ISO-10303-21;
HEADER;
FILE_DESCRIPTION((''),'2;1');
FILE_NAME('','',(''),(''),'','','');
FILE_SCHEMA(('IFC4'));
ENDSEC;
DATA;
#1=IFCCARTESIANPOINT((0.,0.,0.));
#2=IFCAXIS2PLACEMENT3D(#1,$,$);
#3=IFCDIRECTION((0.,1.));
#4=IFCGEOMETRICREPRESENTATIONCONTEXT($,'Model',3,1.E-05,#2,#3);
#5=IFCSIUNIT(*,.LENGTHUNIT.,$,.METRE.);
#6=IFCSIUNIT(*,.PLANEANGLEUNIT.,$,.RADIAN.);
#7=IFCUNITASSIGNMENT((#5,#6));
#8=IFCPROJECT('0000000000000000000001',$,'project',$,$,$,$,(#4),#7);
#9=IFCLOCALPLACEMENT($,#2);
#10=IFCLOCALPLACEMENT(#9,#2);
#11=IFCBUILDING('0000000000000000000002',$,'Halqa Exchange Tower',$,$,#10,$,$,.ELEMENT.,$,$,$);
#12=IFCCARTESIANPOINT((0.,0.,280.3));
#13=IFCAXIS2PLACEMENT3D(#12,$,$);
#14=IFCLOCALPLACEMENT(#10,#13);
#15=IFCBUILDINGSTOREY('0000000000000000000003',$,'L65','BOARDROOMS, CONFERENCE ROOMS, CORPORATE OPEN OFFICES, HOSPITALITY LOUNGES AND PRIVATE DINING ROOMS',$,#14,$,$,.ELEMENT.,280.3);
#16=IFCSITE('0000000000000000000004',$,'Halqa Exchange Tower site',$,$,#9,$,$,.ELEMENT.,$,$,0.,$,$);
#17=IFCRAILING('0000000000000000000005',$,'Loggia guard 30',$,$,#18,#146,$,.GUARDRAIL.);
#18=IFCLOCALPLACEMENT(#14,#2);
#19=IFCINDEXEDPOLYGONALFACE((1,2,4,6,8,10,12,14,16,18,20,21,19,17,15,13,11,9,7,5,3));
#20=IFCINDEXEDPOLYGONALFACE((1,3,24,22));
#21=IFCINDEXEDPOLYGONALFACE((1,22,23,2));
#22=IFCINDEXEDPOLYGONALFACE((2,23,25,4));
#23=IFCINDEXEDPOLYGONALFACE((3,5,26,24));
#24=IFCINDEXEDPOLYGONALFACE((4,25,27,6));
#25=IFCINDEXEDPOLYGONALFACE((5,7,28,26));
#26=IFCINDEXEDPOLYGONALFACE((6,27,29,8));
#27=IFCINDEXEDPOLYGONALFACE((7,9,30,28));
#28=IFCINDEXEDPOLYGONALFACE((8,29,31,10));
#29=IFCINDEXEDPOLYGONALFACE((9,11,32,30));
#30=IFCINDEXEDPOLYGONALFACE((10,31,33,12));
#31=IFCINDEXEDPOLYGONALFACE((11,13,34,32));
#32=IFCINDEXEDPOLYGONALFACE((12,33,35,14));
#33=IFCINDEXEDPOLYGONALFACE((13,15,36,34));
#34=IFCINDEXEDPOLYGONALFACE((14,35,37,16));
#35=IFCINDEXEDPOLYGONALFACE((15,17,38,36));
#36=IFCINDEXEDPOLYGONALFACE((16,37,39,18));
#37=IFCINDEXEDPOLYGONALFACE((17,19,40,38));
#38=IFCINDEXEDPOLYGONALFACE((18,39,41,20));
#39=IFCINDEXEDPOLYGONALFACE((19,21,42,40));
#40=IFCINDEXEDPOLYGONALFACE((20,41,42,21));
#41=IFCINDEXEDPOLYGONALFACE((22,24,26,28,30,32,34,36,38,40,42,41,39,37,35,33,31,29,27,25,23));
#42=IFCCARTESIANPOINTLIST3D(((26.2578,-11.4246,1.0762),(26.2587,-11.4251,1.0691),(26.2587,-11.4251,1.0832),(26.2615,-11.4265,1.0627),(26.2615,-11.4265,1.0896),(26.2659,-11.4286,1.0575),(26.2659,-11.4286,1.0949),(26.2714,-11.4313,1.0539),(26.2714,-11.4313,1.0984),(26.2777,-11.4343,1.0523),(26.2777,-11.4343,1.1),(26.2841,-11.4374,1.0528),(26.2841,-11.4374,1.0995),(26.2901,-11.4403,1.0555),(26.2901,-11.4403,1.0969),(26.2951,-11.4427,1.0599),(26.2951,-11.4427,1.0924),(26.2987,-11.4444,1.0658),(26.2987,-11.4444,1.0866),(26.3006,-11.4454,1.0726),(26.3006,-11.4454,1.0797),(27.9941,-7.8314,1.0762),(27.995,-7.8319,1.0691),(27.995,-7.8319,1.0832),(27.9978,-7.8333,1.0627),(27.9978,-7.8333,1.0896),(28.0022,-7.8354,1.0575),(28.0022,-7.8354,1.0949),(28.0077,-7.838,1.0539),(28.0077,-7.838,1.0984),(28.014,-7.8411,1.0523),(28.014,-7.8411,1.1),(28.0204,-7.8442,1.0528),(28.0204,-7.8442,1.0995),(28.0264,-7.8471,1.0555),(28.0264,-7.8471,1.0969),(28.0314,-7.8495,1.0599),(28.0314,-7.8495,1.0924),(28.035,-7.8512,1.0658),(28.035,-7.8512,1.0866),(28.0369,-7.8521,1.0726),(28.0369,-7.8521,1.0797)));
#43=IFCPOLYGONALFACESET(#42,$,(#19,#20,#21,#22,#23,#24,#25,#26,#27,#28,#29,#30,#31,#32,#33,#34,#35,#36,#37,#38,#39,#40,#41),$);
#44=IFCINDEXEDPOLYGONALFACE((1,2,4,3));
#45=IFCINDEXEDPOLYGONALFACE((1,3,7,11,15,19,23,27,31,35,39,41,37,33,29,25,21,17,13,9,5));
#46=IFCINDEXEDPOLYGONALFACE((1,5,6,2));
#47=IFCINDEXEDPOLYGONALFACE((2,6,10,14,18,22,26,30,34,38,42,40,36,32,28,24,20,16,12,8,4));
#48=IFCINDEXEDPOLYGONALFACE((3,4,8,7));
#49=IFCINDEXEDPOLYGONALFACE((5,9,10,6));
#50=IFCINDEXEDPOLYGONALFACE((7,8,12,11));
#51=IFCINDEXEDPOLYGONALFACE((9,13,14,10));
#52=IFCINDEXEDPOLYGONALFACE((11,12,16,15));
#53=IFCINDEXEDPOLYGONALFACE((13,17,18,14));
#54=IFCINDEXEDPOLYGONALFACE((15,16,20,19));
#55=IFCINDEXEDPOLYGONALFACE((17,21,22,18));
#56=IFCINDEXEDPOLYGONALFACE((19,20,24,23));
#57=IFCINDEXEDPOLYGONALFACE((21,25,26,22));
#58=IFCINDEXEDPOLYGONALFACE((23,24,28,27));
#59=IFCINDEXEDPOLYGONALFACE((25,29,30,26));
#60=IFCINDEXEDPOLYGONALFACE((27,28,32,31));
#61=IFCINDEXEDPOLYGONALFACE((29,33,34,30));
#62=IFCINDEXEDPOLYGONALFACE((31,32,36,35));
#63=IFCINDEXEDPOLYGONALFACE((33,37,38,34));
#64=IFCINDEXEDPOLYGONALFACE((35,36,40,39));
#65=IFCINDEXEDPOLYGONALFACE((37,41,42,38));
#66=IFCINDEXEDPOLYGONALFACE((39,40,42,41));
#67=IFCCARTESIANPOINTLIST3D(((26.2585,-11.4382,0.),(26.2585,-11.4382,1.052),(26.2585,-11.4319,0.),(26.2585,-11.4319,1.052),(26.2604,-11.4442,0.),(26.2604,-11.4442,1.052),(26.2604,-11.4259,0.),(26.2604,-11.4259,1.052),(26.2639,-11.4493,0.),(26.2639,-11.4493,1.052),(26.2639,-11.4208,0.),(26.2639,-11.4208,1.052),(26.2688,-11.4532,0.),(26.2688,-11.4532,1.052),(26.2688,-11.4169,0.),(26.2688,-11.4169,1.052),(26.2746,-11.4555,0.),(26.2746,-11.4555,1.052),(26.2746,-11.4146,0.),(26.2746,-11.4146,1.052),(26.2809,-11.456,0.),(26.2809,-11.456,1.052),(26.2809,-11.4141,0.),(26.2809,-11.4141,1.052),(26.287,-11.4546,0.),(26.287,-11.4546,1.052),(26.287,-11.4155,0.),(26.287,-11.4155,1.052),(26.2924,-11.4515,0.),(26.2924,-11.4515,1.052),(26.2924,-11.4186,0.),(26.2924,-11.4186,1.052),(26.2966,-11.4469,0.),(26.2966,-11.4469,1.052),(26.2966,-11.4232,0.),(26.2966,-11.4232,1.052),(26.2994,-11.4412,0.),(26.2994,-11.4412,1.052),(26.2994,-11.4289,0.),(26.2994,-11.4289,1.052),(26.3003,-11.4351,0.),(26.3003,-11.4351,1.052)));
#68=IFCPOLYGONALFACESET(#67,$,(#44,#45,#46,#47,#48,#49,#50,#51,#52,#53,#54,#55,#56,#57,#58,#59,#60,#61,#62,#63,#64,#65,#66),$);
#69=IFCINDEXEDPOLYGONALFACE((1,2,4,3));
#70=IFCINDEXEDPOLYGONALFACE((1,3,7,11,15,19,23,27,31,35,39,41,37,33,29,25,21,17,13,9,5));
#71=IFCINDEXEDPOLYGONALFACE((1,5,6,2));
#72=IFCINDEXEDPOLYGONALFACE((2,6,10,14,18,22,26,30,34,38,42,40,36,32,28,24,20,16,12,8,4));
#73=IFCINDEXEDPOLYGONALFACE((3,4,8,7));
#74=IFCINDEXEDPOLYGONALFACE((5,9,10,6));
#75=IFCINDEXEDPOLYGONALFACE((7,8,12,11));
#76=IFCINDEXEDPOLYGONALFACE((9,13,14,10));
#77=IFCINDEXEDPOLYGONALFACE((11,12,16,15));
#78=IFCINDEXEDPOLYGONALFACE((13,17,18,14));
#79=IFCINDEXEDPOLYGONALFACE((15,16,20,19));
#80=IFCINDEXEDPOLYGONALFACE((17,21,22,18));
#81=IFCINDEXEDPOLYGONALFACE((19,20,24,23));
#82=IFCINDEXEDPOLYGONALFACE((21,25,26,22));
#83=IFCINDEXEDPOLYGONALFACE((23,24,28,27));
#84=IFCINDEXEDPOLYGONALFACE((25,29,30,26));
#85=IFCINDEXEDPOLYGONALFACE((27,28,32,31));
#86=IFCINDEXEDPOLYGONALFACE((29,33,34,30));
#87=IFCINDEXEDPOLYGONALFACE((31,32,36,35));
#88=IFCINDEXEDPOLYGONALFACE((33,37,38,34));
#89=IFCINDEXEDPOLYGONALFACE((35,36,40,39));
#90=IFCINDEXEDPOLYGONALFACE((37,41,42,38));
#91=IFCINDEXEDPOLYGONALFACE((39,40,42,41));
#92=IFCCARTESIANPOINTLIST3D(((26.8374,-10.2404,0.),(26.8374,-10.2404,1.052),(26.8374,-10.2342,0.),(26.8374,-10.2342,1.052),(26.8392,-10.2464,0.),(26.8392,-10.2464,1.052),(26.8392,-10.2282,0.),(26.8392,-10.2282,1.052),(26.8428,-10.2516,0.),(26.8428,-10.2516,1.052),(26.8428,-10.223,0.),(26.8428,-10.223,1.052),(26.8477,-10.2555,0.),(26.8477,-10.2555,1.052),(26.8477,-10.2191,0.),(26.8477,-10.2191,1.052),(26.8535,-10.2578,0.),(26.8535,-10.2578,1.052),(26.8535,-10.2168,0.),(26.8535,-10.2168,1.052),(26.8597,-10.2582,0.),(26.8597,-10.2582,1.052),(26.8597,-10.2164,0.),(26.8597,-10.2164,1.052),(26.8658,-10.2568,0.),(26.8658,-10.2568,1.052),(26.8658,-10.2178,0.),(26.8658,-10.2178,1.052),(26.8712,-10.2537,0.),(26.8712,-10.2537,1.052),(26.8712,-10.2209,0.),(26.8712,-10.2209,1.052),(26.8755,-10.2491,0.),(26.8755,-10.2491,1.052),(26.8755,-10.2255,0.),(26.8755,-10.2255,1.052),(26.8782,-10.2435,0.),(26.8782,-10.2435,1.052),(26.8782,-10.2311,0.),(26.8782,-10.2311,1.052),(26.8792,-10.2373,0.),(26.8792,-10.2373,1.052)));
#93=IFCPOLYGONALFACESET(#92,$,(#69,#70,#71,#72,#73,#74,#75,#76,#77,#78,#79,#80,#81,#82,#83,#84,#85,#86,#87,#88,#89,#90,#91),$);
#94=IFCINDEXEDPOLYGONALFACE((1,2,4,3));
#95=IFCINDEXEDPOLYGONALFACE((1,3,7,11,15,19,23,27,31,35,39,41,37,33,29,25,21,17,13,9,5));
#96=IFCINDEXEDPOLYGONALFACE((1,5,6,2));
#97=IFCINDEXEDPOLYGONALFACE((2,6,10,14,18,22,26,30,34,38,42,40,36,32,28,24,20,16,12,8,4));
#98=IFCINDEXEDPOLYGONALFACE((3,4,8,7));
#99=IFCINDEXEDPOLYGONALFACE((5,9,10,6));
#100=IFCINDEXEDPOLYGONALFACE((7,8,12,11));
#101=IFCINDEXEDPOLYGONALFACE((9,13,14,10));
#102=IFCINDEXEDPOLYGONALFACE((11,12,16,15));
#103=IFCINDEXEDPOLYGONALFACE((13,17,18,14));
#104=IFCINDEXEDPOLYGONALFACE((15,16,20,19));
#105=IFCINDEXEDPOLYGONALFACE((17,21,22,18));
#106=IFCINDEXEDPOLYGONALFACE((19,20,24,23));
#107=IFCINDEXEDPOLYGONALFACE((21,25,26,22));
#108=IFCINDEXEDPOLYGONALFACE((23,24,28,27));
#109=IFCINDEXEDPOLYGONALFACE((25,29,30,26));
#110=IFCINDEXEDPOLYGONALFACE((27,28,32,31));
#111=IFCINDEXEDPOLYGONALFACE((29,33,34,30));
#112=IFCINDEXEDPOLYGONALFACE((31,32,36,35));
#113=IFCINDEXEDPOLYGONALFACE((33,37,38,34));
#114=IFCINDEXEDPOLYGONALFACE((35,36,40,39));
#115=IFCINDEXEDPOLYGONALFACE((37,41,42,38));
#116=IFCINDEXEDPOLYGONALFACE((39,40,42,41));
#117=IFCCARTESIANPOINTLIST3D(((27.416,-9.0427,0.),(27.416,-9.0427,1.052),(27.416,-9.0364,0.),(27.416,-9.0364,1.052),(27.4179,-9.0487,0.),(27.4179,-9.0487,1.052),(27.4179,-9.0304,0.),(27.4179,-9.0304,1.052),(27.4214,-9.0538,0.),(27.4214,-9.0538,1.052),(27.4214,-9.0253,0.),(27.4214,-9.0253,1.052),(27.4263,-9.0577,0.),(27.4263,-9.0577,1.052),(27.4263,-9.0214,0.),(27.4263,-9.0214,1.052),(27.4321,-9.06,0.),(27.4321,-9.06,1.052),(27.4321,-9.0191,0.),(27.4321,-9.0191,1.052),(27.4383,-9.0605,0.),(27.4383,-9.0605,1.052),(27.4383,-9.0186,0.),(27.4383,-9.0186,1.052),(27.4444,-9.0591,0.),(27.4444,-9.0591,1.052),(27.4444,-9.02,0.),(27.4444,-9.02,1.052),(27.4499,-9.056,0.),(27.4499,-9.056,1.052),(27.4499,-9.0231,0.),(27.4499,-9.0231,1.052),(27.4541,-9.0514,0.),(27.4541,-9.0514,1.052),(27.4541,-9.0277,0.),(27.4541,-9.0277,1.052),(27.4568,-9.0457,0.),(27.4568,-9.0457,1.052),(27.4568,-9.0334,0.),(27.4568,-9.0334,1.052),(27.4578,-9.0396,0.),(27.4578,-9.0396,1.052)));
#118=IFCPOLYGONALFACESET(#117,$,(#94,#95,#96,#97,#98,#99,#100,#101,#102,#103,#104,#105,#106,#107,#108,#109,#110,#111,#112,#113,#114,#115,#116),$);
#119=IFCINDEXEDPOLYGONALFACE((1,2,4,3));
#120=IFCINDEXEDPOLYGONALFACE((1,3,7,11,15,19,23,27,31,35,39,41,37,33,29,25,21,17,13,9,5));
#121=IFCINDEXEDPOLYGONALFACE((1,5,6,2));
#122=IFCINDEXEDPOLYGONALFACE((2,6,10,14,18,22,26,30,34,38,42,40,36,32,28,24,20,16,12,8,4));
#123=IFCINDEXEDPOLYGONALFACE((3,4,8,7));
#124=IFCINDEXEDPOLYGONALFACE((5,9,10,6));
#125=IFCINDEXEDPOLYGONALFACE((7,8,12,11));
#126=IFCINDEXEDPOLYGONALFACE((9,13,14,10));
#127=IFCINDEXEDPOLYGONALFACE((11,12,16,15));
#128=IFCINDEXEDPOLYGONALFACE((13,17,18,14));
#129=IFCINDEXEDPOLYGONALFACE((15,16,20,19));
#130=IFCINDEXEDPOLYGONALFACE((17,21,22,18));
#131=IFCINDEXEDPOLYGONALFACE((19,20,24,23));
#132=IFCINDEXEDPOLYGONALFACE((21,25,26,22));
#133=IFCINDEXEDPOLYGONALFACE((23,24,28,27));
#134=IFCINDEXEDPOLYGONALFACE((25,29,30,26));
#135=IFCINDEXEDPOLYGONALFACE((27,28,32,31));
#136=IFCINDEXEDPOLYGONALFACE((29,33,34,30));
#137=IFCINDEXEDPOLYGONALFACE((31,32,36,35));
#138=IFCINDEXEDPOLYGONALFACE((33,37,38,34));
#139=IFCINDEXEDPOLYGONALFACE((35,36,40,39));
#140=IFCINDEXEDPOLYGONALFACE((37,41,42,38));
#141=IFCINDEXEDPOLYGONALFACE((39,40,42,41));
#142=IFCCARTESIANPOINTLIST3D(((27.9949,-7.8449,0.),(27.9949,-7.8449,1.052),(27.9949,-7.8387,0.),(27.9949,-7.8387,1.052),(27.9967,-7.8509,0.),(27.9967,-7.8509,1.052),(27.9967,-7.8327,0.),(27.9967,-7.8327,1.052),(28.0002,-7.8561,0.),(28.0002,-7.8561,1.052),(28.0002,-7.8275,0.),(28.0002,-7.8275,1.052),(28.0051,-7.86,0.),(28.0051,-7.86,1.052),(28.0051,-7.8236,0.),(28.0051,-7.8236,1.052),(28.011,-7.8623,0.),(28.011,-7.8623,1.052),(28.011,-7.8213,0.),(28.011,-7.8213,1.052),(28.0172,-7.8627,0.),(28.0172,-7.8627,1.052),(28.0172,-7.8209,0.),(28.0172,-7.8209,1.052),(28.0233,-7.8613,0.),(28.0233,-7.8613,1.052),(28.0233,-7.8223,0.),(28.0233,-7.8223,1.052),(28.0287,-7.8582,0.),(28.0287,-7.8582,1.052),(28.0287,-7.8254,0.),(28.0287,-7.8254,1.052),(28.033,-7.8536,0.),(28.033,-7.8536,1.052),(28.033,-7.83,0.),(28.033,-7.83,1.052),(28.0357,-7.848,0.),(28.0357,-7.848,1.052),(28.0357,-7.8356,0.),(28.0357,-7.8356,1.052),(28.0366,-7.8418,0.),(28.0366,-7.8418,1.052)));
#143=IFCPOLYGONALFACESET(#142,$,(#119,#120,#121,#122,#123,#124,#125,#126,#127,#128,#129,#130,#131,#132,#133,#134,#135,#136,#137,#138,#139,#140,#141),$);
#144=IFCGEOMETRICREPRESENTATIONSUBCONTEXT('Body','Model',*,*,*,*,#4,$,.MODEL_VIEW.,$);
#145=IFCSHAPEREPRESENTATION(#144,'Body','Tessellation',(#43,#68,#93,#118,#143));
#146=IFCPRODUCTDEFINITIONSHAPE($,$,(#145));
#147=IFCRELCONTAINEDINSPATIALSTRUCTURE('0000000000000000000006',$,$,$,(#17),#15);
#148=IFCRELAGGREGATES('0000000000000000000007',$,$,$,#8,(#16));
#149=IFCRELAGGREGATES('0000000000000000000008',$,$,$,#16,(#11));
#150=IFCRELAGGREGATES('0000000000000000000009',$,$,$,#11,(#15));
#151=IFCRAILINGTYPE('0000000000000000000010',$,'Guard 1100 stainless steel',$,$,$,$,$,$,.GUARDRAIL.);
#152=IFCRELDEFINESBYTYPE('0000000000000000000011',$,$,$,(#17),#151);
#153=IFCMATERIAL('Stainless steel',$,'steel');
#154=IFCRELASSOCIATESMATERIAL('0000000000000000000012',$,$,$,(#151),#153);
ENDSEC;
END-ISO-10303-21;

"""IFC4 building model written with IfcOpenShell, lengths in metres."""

from ifc_helpers import new_model, si_unit, direction, frame, origin, origin_2d, place, context, subcontext, project, spatial, circle, extrude, material, type_object, element, save


model = new_model("IFC4")

# Units and contexts
model_context = context("Model", 3, precision=1e-05, world=origin(), true_north=direction((0.0, 1.0)))
body_context = subcontext(model_context, "Body", "Model", "MODEL_VIEW")
ifc_project = project(units=[si_unit("LENGTHUNIT", "METRE"), si_unit("PLANEANGLEUNIT", "RADIAN")], contexts=[model_context])

# Site, building, storey
site_placement = place(None, origin())
site = spatial("IfcSite", under=ifc_project, at=site_placement, Name="Halqa Exchange Tower site", CompositionType="ELEMENT", RefElevation=0.0)
building_placement = place(site_placement, origin())
building = spatial("IfcBuilding", under=site, at=building_placement, Name="Halqa Exchange Tower", CompositionType="ELEMENT")
storey_placement = place(building_placement, frame((0.0, 0.0, 280.3)))
storey = spatial("IfcBuildingStorey", under=building, at=storey_placement, Name="L65", Description="BOARDROOMS, CONFERENCE ROOMS, CORPORATE OPEN OFFICES, HOSPITALITY LOUNGES AND PRIVATE DINING ROOMS", CompositionType="ELEMENT", Elevation=280.3)

# Railing
ifc_material_1 = material(Name="Stainless steel", Category="steel")
railing_type = type_object("IfcRailingType", Name="Guard 1100 stainless steel", PredefinedType="GUARDRAIL", material=ifc_material_1)
railing_1_placement = place(storey_placement, frame((26.2793, -11.4351, 0.0)))
element("IfcRailing", 1, at=railing_1_placement, inside=storey, type_object=railing_type, Name="Loggia guard 30", PredefinedType="GUARDRAIL", context=body_context, shape_type="SweptSolid", body=[
    extrude(circle(Radius=0.0239, at=origin_2d()), frame((0.0, 0.0, 1.0762), z_axis=(0.435084, 0.90039, 0.0), x_axis=(-0.90039, 0.435084, 0.0)), (0.0, 0.0, 1.0), 3.9907),
    extrude(circle(Radius=0.021, at=origin_2d()), origin(), (0.0, 0.0, 1.0), 1.052),
    extrude(circle(Radius=0.021, at=origin_2d()), frame((0.5789, 1.1978, 0.0)), (0.0, 0.0, 1.0), 1.052),
    extrude(circle(Radius=0.021, at=origin_2d()), frame((1.1575, 2.3955, 0.0)), (0.0, 0.0, 1.0), 1.052),
    extrude(circle(Radius=0.021, at=origin_2d()), frame((1.7363, 3.5933, 0.0)), (0.0, 0.0, 1.0), 1.052),
])

save(model, "model.ifc")
